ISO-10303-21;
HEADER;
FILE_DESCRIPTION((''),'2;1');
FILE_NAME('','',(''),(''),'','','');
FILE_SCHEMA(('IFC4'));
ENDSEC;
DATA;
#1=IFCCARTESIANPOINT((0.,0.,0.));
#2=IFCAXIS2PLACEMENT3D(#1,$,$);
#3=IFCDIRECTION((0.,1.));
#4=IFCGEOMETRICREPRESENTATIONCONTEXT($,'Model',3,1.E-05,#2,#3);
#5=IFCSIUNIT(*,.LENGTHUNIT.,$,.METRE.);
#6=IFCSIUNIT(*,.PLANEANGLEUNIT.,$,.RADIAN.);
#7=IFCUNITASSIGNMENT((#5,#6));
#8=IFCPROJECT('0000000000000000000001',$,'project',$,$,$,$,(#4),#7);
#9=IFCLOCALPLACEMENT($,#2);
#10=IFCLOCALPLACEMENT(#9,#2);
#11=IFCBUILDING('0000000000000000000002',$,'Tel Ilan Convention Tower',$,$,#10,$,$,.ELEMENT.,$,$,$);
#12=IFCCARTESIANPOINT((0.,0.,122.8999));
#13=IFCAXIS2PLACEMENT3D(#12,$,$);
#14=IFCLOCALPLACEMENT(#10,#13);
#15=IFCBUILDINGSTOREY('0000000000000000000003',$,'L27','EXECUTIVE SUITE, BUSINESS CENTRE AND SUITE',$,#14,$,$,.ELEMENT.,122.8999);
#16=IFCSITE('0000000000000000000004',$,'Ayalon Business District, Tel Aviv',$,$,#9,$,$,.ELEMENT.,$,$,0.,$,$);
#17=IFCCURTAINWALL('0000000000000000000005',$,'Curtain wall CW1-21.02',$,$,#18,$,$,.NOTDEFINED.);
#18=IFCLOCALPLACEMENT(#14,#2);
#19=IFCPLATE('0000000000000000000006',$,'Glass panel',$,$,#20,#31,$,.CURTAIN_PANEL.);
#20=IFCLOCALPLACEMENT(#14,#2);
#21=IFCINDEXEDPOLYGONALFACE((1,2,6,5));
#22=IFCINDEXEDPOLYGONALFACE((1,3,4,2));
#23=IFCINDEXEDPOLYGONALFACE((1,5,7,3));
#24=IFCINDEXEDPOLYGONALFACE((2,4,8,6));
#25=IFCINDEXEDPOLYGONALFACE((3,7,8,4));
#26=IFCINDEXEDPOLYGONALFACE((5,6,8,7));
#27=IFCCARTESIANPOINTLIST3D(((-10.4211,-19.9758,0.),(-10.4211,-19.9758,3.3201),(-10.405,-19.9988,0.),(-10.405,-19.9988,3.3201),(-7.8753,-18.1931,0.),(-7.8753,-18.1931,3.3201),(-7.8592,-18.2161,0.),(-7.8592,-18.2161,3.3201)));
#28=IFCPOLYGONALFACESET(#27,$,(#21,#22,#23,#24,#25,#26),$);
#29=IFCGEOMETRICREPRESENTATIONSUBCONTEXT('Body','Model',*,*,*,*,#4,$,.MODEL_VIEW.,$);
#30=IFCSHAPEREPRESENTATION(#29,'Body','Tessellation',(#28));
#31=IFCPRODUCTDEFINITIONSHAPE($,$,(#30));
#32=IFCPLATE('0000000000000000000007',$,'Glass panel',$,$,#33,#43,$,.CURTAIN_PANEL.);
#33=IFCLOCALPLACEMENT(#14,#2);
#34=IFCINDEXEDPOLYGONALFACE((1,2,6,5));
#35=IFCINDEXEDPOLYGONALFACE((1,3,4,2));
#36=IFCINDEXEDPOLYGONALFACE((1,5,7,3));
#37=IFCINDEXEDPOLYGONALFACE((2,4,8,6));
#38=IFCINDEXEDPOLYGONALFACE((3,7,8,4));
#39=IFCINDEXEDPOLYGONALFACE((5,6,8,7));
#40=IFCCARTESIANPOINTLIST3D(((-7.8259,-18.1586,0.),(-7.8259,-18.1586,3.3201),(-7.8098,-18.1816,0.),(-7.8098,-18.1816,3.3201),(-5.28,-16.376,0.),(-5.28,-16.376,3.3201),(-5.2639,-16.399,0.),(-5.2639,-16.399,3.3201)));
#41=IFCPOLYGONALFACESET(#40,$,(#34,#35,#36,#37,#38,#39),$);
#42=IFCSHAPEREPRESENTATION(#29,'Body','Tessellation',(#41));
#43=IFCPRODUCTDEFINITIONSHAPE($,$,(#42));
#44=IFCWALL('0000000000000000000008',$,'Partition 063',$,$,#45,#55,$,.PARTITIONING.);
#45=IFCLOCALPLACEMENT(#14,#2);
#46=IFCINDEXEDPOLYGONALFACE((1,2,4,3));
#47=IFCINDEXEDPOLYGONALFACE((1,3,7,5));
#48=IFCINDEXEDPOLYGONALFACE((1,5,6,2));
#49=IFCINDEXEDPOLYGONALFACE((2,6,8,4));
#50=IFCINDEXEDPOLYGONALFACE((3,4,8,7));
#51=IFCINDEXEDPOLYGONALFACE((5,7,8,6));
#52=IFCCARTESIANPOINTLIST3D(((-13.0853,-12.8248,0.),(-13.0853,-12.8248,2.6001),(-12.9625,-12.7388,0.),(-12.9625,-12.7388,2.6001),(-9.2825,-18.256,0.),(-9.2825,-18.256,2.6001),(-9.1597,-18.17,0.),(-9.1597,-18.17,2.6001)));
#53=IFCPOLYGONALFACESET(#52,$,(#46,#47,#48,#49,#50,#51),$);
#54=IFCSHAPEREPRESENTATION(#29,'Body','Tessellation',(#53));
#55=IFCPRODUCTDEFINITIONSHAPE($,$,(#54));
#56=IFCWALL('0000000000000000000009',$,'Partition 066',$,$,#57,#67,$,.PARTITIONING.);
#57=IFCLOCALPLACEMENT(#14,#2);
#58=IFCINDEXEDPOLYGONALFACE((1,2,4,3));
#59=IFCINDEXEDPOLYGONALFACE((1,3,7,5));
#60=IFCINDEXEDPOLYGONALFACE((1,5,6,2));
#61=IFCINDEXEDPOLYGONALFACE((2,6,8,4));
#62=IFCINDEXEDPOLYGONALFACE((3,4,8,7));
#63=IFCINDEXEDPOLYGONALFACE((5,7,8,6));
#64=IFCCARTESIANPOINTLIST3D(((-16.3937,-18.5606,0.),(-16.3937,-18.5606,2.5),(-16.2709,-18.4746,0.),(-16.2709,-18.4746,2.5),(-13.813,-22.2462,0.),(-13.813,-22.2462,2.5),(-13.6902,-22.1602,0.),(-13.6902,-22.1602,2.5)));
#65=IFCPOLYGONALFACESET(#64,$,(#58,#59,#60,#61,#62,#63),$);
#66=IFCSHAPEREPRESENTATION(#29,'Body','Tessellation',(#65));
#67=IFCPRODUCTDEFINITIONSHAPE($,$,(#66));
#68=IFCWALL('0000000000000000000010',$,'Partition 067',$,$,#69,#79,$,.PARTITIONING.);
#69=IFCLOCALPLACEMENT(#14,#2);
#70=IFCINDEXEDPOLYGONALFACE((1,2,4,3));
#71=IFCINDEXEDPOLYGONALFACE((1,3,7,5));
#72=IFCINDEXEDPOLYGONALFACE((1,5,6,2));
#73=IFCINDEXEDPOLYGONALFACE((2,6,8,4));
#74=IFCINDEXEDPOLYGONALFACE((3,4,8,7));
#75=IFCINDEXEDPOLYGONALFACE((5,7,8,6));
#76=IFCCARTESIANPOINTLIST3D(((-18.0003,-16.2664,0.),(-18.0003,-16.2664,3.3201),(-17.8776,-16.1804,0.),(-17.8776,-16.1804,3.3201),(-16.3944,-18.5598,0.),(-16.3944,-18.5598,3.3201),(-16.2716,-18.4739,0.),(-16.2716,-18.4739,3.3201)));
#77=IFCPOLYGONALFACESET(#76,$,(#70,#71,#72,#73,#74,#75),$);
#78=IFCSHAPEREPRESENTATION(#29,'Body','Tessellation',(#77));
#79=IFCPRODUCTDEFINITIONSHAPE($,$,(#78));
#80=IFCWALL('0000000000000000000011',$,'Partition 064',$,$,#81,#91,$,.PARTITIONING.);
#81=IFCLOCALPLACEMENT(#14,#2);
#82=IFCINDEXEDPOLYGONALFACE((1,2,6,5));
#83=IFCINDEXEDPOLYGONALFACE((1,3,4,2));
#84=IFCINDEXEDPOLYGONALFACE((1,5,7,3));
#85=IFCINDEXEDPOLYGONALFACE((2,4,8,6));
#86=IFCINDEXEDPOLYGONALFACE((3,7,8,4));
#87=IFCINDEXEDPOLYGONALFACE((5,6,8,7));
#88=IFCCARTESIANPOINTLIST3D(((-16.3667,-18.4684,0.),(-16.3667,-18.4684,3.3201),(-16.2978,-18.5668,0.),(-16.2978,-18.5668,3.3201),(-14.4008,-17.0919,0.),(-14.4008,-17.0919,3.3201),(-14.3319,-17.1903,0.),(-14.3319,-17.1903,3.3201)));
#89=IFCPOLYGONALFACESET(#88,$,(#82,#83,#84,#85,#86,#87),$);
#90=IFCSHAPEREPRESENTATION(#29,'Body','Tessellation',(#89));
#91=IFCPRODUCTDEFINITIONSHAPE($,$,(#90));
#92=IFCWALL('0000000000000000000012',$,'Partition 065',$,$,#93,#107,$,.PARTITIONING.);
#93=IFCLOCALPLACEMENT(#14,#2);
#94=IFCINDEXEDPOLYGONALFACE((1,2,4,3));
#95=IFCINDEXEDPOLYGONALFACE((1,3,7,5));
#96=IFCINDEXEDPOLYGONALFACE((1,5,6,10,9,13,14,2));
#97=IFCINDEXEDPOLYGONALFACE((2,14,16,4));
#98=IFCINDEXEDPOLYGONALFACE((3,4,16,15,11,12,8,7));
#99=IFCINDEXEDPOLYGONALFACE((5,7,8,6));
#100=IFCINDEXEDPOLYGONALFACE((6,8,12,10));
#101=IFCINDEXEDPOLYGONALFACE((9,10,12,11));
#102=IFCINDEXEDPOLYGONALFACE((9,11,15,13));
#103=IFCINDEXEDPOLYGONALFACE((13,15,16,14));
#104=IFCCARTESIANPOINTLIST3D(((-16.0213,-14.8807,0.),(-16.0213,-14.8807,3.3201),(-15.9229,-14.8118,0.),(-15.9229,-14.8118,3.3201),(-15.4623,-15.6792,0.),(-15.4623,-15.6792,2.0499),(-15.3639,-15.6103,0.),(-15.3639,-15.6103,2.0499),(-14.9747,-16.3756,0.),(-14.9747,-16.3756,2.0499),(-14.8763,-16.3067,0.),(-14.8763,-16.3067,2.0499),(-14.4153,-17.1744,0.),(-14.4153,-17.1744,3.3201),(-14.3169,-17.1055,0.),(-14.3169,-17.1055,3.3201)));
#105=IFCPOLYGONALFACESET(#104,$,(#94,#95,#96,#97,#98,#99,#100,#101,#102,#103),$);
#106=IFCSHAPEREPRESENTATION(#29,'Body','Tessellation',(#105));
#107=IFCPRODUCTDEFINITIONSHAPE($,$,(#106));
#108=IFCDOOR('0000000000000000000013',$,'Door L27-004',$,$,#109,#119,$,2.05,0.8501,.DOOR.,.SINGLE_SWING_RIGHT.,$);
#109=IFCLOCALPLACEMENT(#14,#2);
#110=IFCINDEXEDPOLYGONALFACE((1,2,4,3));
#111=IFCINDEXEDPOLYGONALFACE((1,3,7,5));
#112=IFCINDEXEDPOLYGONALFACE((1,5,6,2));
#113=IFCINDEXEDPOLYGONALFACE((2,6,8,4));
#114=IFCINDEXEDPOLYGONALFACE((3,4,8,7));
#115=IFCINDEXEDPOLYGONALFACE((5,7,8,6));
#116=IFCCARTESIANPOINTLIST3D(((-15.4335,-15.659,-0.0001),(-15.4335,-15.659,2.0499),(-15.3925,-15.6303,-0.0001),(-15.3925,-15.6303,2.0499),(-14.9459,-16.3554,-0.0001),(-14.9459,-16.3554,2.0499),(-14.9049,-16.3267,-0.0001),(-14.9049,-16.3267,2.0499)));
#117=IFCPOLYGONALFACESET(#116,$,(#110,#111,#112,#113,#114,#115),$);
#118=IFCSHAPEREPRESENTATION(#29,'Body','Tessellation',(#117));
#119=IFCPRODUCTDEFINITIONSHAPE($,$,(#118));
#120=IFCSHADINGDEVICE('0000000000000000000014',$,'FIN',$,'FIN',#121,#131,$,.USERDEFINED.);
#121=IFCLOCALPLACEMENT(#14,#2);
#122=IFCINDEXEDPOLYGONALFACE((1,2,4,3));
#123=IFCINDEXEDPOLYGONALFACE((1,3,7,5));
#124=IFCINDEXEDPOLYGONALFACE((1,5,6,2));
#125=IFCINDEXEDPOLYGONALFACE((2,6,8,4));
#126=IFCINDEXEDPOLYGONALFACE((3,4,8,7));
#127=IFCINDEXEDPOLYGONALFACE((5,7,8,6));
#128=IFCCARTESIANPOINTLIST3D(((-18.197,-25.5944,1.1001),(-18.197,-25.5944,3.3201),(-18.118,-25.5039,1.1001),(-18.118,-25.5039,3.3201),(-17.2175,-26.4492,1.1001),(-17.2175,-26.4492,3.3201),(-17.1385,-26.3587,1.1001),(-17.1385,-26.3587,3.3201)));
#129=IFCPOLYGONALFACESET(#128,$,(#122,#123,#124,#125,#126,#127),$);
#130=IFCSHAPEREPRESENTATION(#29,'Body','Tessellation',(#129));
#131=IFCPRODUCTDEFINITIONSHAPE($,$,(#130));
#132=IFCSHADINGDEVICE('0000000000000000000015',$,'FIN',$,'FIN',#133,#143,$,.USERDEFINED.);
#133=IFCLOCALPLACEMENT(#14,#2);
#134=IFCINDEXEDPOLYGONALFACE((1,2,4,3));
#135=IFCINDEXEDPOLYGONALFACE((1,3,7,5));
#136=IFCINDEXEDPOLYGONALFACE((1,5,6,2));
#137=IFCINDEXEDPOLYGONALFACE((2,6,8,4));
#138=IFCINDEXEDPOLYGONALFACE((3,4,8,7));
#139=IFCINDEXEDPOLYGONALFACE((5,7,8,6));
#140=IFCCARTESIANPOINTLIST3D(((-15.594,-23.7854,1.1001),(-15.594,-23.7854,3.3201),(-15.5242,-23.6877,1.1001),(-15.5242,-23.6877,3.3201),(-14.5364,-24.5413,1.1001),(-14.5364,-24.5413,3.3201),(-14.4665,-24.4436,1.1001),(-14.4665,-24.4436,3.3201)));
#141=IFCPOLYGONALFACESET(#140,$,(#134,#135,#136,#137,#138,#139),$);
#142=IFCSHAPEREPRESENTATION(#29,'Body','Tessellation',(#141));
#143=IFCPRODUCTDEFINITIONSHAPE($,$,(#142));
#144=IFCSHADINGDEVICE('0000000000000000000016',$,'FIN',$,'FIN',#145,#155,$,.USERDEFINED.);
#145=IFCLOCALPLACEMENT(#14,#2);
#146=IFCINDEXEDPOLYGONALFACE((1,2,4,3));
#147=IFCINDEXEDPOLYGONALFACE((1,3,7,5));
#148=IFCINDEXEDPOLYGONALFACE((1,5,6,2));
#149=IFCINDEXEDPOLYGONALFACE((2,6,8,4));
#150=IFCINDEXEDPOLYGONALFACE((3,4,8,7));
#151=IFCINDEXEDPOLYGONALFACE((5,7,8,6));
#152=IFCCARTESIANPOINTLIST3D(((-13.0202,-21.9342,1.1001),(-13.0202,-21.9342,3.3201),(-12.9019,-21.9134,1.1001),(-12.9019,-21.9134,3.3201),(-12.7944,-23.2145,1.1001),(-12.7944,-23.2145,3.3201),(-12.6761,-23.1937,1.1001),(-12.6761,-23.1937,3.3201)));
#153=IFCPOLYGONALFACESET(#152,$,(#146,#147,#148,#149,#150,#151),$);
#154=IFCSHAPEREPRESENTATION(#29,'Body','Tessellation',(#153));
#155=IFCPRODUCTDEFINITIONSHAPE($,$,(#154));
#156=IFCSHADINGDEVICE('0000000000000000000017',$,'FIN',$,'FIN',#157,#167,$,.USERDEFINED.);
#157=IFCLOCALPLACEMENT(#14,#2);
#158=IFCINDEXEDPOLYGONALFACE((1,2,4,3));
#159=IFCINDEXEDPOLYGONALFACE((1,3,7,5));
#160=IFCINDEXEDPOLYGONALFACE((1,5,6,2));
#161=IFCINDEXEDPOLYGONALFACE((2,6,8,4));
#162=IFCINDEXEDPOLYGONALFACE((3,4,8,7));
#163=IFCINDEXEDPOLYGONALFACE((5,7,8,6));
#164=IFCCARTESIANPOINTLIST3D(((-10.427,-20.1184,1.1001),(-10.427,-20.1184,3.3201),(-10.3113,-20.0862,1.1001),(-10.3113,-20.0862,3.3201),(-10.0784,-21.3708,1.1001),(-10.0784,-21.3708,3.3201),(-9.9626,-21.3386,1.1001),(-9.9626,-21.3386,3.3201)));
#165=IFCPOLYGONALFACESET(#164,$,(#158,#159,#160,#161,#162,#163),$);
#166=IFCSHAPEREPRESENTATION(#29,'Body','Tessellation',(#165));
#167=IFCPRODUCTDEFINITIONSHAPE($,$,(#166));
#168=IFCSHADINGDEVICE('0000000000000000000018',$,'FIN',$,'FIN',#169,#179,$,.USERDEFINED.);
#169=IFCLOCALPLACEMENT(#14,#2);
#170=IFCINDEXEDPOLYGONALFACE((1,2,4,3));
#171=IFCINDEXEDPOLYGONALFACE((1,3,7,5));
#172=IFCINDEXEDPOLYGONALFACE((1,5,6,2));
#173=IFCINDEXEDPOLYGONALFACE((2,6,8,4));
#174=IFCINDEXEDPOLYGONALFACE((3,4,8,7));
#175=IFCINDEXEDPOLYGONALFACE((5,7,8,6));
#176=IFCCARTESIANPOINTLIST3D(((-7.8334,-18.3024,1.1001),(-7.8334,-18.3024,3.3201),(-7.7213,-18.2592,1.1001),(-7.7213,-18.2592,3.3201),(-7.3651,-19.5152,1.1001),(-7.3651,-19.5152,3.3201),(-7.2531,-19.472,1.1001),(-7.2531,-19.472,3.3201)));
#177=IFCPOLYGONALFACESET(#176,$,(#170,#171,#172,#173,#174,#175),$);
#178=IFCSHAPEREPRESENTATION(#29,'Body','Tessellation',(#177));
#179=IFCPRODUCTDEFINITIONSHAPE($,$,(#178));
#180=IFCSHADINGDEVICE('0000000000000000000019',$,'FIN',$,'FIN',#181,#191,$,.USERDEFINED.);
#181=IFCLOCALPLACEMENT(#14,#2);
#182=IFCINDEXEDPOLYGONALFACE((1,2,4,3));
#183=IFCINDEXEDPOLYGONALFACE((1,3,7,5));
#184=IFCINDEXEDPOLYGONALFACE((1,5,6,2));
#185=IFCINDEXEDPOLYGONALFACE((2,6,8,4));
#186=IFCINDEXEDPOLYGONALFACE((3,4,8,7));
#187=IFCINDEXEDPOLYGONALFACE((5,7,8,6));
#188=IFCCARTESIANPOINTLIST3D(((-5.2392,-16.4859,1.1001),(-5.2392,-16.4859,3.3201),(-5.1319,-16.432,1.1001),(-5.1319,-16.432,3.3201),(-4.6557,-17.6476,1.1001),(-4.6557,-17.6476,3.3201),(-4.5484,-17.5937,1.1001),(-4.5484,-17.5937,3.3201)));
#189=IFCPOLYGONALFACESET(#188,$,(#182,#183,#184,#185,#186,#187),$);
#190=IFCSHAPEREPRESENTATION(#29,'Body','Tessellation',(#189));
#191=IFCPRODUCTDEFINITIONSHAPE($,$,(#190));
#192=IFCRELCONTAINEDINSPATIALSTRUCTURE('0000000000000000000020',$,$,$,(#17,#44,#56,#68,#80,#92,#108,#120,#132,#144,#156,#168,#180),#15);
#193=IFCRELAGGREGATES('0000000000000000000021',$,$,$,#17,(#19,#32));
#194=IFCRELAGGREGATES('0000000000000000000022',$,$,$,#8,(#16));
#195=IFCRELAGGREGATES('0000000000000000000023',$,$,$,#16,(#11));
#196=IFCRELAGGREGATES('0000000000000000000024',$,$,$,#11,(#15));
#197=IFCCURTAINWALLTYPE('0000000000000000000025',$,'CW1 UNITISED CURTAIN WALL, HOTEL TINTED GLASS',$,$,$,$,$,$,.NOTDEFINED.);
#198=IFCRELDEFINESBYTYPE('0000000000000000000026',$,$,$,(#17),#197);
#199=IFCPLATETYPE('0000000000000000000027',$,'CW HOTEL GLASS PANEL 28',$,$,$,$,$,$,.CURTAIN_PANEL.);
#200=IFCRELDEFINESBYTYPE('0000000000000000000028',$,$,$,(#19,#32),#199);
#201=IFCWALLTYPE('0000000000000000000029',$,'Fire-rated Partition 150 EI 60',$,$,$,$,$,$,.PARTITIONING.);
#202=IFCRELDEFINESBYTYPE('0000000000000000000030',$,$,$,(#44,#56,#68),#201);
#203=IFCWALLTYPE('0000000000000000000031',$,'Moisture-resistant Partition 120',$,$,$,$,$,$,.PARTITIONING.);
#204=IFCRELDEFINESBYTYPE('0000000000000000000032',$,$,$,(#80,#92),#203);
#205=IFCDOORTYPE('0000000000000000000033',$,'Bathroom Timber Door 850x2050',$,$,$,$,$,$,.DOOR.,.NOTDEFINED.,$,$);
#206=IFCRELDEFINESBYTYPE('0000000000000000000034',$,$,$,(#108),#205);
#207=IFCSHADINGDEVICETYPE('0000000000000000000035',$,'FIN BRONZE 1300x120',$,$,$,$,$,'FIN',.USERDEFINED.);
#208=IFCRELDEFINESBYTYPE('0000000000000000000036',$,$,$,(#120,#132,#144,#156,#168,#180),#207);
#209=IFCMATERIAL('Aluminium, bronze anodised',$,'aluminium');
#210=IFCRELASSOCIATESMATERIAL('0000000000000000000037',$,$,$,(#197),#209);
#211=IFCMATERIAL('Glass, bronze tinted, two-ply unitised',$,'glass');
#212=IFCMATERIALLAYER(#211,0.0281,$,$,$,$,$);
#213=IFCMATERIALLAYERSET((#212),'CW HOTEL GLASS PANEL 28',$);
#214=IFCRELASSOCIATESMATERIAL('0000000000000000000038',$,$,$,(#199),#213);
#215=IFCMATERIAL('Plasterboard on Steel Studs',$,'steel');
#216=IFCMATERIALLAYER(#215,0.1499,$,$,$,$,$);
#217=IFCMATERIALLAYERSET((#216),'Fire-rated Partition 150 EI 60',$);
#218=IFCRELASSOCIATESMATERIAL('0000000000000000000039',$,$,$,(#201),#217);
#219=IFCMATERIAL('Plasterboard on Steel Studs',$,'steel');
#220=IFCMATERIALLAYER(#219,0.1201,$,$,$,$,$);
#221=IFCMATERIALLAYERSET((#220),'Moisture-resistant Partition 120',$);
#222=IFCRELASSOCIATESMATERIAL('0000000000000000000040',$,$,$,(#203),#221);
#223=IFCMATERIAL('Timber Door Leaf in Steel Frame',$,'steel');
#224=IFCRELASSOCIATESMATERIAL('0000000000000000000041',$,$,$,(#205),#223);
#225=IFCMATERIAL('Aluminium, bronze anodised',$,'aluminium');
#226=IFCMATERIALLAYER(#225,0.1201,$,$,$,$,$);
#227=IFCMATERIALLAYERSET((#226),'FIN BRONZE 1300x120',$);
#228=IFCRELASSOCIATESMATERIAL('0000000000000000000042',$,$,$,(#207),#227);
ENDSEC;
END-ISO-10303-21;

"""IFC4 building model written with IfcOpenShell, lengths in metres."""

from ifc_helpers import new_model, si_unit, direction, frame, frame_2d, origin, origin_2d, place, context, subcontext, project, spatial, rectangle, extrude, material, layer, layer_set, type_object, element, fill, aggregate, save


model = new_model("IFC4")

# Units and contexts
model_context = context("Model", 3, precision=1e-05, world=origin(), true_north=direction((0.0, 1.0)))
body_context = subcontext(model_context, "Body", "Model", "MODEL_VIEW")
ifc_project = project(units=[si_unit("LENGTHUNIT", "METRE"), si_unit("PLANEANGLEUNIT", "RADIAN")], contexts=[model_context])

# Site, building, storey
site_placement = place(None, origin())
site = spatial("IfcSite", under=ifc_project, at=site_placement, Name="Ayalon Business District, Tel Aviv", CompositionType="ELEMENT", RefElevation=0.0)
building_placement = place(site_placement, origin())
building = spatial("IfcBuilding", under=site, at=building_placement, Name="Tel Ilan Convention Tower", CompositionType="ELEMENT")
storey_placement = place(building_placement, frame((0.0, 0.0, 122.8999)))
storey = spatial("IfcBuildingStorey", under=building, at=storey_placement, Name="L27", Description="EXECUTIVE SUITE, BUSINESS CENTRE AND SUITE", CompositionType="ELEMENT", Elevation=122.8999)

# Curtain wall, plates
ifc_material_1 = material(Name="Aluminium, bronze anodised", Category="aluminium")
curtain_wall_type = type_object("IfcCurtainWallType", Name="CW1 UNITISED CURTAIN WALL, HOTEL TINTED GLASS", PredefinedType="NOTDEFINED", material=ifc_material_1)
curtain_wall_placement = place(storey_placement, origin())
curtain_wall = element("IfcCurtainWall", 1, at=curtain_wall_placement, inside=storey, type_object=curtain_wall_type, Name="Curtain wall CW1-21.02", PredefinedType="NOTDEFINED")
ifc_material_2 = material(Name="Glass, bronze tinted, two-ply unitised", Category="glass")
ifc_layer_1 = layer(ifc_material_2, 0.0281)
ifc_layer_set_1 = layer_set([ifc_layer_1], Name="CW HOTEL GLASS PANEL 28")
plate_type = type_object("IfcPlateType", Name="CW HOTEL GLASS PANEL 28", PredefinedType="CURTAIN_PANEL", material=ifc_layer_set_1)
plate_1_placement = place(storey_placement, frame((-9.1401, -19.0959, 0.0), z_axis=(0.0, 0.0, 1.0), x_axis=(0.819152, 0.573576, 0.0)))
plate_1 = element("IfcPlate", 2, at=plate_1_placement, type_object=plate_type, Name="Glass panel", PredefinedType="CURTAIN_PANEL", context=body_context, shape_type="SweptSolid", body=[
    extrude(rectangle(XDim=3.1079, YDim=0.0281, at=origin_2d()), origin(), (0.0, 0.0, 1.0), 3.3201),
])
plate_2_placement = place(storey_placement, frame((-6.5449, -17.2788, 0.0), z_axis=(0.0, 0.0, 1.0), x_axis=(0.819152, 0.573576, 0.0)))
plate_2 = element("IfcPlate", 3, at=plate_2_placement, type_object=plate_type, Name="Glass panel", PredefinedType="CURTAIN_PANEL", context=body_context, shape_type="SweptSolid", body=[
    extrude(rectangle(XDim=3.1079, YDim=0.0281, at=origin_2d()), origin(), (0.0, 0.0, 1.0), 3.3201),
])
aggregate(curtain_wall, [plate_1, plate_2])

# Walls
ifc_material_3 = material(Name="Plasterboard on Steel Studs", Category="steel")
ifc_layer_2 = layer(ifc_material_3, 0.1499)
ifc_layer_set_2 = layer_set([ifc_layer_2], Name="Fire-rated Partition 150 EI 60")
wall_type_1 = type_object("IfcWallType", Name="Fire-rated Partition 150 EI 60", PredefinedType="PARTITIONING", material=ifc_layer_set_2)
wall_1_placement = place(storey_placement, frame((-9.2212, -18.2129, 0.0), z_axis=(0.0, 0.0, 1.0), x_axis=(-0.573556, 0.819166, 0.0)))
element("IfcWall", 4, at=wall_1_placement, inside=storey, type_object=wall_type_1, Name="Partition 063", PredefinedType="PARTITIONING", context=body_context, shape_type="SweptSolid", body=[
    extrude(rectangle(XDim=6.6301, YDim=0.1499, at=frame_2d((3.3149, 0.0))), origin(), (0.0, 0.0, 1.0), 2.6001),
])
wall_2_placement = place(storey_placement, frame((-13.7517, -22.2031, 0.0), z_axis=(0.0, 0.0, 1.0), x_axis=(-0.573564, 0.819161, 0.0)))
element("IfcWall", 5, at=wall_2_placement, inside=storey, type_object=wall_type_1, Name="Partition 066", PredefinedType="PARTITIONING", context=body_context, shape_type="SweptSolid", body=[
    extrude(rectangle(XDim=4.4993, YDim=0.1499, at=frame_2d((2.2495, 0.0))), origin(), (0.0, 0.0, 1.0), 2.5),
])
wall_3_placement = place(storey_placement, frame((-16.333, -18.5168, 0.0), z_axis=(0.0, 0.0, 1.0), x_axis=(-0.573591, 0.819142, 0.0)))
element("IfcWall", 6, at=wall_3_placement, inside=storey, type_object=wall_type_1, Name="Partition 067", PredefinedType="PARTITIONING", context=body_context, shape_type="SweptSolid", body=[
    extrude(rectangle(XDim=2.7998, YDim=0.1499, at=frame_2d((1.3999, 0.0))), origin(), (0.0, 0.0, 1.0), 3.3201),
])
ifc_material_4 = material(Name="Plasterboard on Steel Studs", Category="steel")
ifc_layer_3 = layer(ifc_material_4, 0.1201)
ifc_layer_set_3 = layer_set([ifc_layer_3], Name="Moisture-resistant Partition 120")
wall_type_2 = type_object("IfcWallType", Name="Moisture-resistant Partition 120", PredefinedType="PARTITIONING", material=ifc_layer_set_3)
wall_4_placement = place(storey_placement, frame((-16.3323, -18.5176, 0.0), z_axis=(0.0, 0.0, 1.0), x_axis=(0.819155, 0.573572, 0.0)))
element("IfcWall", 7, at=wall_4_placement, inside=storey, type_object=wall_type_2, Name="Partition 064", PredefinedType="PARTITIONING", context=body_context, shape_type="SweptSolid", body=[
    extrude(rectangle(XDim=2.3999, YDim=0.1201, at=frame_2d((1.2, 0.0))), origin(), (0.0, 0.0, 1.0), 3.3201),
])

# Wall, opening, door
wall_5_placement = place(storey_placement, frame((-14.3662, -17.1399, 0.0), z_axis=(0.0, 0.0, 1.0), x_axis=(-0.57355, 0.81917, 0.0)))
wall_5 = element("IfcWall", 8, at=wall_5_placement, inside=storey, type_object=wall_type_2, Name="Partition 065", PredefinedType="PARTITIONING", context=body_context, shape_type="SweptSolid", body=[
    extrude(rectangle(XDim=2.8, YDim=0.1201, at=frame_2d((1.3999, 0.0))), origin(), (0.0, 0.0, 1.0), 3.3201),
])
opening_placement = place(wall_5_placement, frame((0.9751, 0.0, 0.0)))
opening = element("IfcOpeningElement", 9, at=opening_placement, cuts=wall_5, PredefinedType="OPENING", context=body_context, shape_type="SweptSolid", body=[
    extrude(rectangle(XDim=0.8501, YDim=2.05, at=frame_2d((0.425, 1.0249))), frame((0.0, 0.0701, 0.0), z_axis=(0.0, -1.0, 0.0), x_axis=(1.0, 0.0, 0.0)), (0.0, 0.0, 1.0), 0.1401),
])
ifc_material_5 = material(Name="Timber Door Leaf in Steel Frame", Category="steel")
door_type = type_object("IfcDoorType", Name="Bathroom Timber Door 850x2050", OperationType="NOTDEFINED", PredefinedType="DOOR", material=ifc_material_5)
door_placement = place(opening_placement, origin())
door = element("IfcDoor", 10, at=door_placement, inside=storey, type_object=door_type, Name="Door L27-004", OperationType="SINGLE_SWING_RIGHT", OverallHeight=2.05, OverallWidth=0.8501, PredefinedType="DOOR", context=body_context, shape_type="SweptSolid", body=[
    extrude(rectangle(XDim=0.8501, YDim=2.05, at=frame_2d((0.425, 1.0249))), frame((0.0, 0.0249, 0.0), z_axis=(0.0, -1.0, 0.0), x_axis=(1.0, 0.0, 0.0)), (0.0, 0.0, 1.0), 0.05),
])
fill(opening, door)

# Shading devices
ifc_material_6 = material(Name="Aluminium, bronze anodised", Category="aluminium")
ifc_layer_4 = layer(ifc_material_6, 0.1201)
ifc_layer_set_4 = layer_set([ifc_layer_4], Name="FIN BRONZE 1300x120")
shading_device_type = type_object("IfcShadingDeviceType", Name="FIN BRONZE 1300x120", ElementType="FIN", PredefinedType="USERDEFINED", material=ifc_layer_set_4)
for number, where, z_axis, x_axis, name in (
    (11, (-17.6677, -25.9766, 1.1001), (0.0, 0.0, 1.0), (0.753436, -0.657521, 0.0), "FIN"),
    (12, (-15.0303, -24.1145, 1.1001), (0.0, 0.0, 1.0), (0.813552, -0.581492, 0.0), "FIN"),
    (13, (-12.8481, -22.564, 1.1001), (0.0, 0.0, 1.0), (0.173648, -0.984808, 0.0), "FIN"),
    (14, (-10.1948, -20.7285, 1.1001), (0.0, 0.0, 1.0), (0.268173, -0.963371, 0.0), "FIN"),
    (15, (-7.5432, -18.8872, 1.1001), (0.0, 0.0, 1.0), (0.360178, -0.932884, 0.0), "FIN"),
    (16, (-4.8938, -17.0398, 1.1001), (0.0, 0.0, 1.0), (0.448799, -0.893633, 0.0), "FIN"),
):
    element("IfcShadingDevice", number, at=place(storey_placement, frame(where, z_axis=z_axis, x_axis=x_axis)), inside=storey, type_object=shading_device_type, Name=name, ObjectType="FIN", PredefinedType="USERDEFINED", context=body_context, shape_type="SweptSolid", body=[
        extrude(rectangle(XDim=1.3, YDim=0.1201, at=origin_2d()), origin(), (0.0, 0.0, 1.0), 2.22),
    ])

save(model, "model.ifc")
